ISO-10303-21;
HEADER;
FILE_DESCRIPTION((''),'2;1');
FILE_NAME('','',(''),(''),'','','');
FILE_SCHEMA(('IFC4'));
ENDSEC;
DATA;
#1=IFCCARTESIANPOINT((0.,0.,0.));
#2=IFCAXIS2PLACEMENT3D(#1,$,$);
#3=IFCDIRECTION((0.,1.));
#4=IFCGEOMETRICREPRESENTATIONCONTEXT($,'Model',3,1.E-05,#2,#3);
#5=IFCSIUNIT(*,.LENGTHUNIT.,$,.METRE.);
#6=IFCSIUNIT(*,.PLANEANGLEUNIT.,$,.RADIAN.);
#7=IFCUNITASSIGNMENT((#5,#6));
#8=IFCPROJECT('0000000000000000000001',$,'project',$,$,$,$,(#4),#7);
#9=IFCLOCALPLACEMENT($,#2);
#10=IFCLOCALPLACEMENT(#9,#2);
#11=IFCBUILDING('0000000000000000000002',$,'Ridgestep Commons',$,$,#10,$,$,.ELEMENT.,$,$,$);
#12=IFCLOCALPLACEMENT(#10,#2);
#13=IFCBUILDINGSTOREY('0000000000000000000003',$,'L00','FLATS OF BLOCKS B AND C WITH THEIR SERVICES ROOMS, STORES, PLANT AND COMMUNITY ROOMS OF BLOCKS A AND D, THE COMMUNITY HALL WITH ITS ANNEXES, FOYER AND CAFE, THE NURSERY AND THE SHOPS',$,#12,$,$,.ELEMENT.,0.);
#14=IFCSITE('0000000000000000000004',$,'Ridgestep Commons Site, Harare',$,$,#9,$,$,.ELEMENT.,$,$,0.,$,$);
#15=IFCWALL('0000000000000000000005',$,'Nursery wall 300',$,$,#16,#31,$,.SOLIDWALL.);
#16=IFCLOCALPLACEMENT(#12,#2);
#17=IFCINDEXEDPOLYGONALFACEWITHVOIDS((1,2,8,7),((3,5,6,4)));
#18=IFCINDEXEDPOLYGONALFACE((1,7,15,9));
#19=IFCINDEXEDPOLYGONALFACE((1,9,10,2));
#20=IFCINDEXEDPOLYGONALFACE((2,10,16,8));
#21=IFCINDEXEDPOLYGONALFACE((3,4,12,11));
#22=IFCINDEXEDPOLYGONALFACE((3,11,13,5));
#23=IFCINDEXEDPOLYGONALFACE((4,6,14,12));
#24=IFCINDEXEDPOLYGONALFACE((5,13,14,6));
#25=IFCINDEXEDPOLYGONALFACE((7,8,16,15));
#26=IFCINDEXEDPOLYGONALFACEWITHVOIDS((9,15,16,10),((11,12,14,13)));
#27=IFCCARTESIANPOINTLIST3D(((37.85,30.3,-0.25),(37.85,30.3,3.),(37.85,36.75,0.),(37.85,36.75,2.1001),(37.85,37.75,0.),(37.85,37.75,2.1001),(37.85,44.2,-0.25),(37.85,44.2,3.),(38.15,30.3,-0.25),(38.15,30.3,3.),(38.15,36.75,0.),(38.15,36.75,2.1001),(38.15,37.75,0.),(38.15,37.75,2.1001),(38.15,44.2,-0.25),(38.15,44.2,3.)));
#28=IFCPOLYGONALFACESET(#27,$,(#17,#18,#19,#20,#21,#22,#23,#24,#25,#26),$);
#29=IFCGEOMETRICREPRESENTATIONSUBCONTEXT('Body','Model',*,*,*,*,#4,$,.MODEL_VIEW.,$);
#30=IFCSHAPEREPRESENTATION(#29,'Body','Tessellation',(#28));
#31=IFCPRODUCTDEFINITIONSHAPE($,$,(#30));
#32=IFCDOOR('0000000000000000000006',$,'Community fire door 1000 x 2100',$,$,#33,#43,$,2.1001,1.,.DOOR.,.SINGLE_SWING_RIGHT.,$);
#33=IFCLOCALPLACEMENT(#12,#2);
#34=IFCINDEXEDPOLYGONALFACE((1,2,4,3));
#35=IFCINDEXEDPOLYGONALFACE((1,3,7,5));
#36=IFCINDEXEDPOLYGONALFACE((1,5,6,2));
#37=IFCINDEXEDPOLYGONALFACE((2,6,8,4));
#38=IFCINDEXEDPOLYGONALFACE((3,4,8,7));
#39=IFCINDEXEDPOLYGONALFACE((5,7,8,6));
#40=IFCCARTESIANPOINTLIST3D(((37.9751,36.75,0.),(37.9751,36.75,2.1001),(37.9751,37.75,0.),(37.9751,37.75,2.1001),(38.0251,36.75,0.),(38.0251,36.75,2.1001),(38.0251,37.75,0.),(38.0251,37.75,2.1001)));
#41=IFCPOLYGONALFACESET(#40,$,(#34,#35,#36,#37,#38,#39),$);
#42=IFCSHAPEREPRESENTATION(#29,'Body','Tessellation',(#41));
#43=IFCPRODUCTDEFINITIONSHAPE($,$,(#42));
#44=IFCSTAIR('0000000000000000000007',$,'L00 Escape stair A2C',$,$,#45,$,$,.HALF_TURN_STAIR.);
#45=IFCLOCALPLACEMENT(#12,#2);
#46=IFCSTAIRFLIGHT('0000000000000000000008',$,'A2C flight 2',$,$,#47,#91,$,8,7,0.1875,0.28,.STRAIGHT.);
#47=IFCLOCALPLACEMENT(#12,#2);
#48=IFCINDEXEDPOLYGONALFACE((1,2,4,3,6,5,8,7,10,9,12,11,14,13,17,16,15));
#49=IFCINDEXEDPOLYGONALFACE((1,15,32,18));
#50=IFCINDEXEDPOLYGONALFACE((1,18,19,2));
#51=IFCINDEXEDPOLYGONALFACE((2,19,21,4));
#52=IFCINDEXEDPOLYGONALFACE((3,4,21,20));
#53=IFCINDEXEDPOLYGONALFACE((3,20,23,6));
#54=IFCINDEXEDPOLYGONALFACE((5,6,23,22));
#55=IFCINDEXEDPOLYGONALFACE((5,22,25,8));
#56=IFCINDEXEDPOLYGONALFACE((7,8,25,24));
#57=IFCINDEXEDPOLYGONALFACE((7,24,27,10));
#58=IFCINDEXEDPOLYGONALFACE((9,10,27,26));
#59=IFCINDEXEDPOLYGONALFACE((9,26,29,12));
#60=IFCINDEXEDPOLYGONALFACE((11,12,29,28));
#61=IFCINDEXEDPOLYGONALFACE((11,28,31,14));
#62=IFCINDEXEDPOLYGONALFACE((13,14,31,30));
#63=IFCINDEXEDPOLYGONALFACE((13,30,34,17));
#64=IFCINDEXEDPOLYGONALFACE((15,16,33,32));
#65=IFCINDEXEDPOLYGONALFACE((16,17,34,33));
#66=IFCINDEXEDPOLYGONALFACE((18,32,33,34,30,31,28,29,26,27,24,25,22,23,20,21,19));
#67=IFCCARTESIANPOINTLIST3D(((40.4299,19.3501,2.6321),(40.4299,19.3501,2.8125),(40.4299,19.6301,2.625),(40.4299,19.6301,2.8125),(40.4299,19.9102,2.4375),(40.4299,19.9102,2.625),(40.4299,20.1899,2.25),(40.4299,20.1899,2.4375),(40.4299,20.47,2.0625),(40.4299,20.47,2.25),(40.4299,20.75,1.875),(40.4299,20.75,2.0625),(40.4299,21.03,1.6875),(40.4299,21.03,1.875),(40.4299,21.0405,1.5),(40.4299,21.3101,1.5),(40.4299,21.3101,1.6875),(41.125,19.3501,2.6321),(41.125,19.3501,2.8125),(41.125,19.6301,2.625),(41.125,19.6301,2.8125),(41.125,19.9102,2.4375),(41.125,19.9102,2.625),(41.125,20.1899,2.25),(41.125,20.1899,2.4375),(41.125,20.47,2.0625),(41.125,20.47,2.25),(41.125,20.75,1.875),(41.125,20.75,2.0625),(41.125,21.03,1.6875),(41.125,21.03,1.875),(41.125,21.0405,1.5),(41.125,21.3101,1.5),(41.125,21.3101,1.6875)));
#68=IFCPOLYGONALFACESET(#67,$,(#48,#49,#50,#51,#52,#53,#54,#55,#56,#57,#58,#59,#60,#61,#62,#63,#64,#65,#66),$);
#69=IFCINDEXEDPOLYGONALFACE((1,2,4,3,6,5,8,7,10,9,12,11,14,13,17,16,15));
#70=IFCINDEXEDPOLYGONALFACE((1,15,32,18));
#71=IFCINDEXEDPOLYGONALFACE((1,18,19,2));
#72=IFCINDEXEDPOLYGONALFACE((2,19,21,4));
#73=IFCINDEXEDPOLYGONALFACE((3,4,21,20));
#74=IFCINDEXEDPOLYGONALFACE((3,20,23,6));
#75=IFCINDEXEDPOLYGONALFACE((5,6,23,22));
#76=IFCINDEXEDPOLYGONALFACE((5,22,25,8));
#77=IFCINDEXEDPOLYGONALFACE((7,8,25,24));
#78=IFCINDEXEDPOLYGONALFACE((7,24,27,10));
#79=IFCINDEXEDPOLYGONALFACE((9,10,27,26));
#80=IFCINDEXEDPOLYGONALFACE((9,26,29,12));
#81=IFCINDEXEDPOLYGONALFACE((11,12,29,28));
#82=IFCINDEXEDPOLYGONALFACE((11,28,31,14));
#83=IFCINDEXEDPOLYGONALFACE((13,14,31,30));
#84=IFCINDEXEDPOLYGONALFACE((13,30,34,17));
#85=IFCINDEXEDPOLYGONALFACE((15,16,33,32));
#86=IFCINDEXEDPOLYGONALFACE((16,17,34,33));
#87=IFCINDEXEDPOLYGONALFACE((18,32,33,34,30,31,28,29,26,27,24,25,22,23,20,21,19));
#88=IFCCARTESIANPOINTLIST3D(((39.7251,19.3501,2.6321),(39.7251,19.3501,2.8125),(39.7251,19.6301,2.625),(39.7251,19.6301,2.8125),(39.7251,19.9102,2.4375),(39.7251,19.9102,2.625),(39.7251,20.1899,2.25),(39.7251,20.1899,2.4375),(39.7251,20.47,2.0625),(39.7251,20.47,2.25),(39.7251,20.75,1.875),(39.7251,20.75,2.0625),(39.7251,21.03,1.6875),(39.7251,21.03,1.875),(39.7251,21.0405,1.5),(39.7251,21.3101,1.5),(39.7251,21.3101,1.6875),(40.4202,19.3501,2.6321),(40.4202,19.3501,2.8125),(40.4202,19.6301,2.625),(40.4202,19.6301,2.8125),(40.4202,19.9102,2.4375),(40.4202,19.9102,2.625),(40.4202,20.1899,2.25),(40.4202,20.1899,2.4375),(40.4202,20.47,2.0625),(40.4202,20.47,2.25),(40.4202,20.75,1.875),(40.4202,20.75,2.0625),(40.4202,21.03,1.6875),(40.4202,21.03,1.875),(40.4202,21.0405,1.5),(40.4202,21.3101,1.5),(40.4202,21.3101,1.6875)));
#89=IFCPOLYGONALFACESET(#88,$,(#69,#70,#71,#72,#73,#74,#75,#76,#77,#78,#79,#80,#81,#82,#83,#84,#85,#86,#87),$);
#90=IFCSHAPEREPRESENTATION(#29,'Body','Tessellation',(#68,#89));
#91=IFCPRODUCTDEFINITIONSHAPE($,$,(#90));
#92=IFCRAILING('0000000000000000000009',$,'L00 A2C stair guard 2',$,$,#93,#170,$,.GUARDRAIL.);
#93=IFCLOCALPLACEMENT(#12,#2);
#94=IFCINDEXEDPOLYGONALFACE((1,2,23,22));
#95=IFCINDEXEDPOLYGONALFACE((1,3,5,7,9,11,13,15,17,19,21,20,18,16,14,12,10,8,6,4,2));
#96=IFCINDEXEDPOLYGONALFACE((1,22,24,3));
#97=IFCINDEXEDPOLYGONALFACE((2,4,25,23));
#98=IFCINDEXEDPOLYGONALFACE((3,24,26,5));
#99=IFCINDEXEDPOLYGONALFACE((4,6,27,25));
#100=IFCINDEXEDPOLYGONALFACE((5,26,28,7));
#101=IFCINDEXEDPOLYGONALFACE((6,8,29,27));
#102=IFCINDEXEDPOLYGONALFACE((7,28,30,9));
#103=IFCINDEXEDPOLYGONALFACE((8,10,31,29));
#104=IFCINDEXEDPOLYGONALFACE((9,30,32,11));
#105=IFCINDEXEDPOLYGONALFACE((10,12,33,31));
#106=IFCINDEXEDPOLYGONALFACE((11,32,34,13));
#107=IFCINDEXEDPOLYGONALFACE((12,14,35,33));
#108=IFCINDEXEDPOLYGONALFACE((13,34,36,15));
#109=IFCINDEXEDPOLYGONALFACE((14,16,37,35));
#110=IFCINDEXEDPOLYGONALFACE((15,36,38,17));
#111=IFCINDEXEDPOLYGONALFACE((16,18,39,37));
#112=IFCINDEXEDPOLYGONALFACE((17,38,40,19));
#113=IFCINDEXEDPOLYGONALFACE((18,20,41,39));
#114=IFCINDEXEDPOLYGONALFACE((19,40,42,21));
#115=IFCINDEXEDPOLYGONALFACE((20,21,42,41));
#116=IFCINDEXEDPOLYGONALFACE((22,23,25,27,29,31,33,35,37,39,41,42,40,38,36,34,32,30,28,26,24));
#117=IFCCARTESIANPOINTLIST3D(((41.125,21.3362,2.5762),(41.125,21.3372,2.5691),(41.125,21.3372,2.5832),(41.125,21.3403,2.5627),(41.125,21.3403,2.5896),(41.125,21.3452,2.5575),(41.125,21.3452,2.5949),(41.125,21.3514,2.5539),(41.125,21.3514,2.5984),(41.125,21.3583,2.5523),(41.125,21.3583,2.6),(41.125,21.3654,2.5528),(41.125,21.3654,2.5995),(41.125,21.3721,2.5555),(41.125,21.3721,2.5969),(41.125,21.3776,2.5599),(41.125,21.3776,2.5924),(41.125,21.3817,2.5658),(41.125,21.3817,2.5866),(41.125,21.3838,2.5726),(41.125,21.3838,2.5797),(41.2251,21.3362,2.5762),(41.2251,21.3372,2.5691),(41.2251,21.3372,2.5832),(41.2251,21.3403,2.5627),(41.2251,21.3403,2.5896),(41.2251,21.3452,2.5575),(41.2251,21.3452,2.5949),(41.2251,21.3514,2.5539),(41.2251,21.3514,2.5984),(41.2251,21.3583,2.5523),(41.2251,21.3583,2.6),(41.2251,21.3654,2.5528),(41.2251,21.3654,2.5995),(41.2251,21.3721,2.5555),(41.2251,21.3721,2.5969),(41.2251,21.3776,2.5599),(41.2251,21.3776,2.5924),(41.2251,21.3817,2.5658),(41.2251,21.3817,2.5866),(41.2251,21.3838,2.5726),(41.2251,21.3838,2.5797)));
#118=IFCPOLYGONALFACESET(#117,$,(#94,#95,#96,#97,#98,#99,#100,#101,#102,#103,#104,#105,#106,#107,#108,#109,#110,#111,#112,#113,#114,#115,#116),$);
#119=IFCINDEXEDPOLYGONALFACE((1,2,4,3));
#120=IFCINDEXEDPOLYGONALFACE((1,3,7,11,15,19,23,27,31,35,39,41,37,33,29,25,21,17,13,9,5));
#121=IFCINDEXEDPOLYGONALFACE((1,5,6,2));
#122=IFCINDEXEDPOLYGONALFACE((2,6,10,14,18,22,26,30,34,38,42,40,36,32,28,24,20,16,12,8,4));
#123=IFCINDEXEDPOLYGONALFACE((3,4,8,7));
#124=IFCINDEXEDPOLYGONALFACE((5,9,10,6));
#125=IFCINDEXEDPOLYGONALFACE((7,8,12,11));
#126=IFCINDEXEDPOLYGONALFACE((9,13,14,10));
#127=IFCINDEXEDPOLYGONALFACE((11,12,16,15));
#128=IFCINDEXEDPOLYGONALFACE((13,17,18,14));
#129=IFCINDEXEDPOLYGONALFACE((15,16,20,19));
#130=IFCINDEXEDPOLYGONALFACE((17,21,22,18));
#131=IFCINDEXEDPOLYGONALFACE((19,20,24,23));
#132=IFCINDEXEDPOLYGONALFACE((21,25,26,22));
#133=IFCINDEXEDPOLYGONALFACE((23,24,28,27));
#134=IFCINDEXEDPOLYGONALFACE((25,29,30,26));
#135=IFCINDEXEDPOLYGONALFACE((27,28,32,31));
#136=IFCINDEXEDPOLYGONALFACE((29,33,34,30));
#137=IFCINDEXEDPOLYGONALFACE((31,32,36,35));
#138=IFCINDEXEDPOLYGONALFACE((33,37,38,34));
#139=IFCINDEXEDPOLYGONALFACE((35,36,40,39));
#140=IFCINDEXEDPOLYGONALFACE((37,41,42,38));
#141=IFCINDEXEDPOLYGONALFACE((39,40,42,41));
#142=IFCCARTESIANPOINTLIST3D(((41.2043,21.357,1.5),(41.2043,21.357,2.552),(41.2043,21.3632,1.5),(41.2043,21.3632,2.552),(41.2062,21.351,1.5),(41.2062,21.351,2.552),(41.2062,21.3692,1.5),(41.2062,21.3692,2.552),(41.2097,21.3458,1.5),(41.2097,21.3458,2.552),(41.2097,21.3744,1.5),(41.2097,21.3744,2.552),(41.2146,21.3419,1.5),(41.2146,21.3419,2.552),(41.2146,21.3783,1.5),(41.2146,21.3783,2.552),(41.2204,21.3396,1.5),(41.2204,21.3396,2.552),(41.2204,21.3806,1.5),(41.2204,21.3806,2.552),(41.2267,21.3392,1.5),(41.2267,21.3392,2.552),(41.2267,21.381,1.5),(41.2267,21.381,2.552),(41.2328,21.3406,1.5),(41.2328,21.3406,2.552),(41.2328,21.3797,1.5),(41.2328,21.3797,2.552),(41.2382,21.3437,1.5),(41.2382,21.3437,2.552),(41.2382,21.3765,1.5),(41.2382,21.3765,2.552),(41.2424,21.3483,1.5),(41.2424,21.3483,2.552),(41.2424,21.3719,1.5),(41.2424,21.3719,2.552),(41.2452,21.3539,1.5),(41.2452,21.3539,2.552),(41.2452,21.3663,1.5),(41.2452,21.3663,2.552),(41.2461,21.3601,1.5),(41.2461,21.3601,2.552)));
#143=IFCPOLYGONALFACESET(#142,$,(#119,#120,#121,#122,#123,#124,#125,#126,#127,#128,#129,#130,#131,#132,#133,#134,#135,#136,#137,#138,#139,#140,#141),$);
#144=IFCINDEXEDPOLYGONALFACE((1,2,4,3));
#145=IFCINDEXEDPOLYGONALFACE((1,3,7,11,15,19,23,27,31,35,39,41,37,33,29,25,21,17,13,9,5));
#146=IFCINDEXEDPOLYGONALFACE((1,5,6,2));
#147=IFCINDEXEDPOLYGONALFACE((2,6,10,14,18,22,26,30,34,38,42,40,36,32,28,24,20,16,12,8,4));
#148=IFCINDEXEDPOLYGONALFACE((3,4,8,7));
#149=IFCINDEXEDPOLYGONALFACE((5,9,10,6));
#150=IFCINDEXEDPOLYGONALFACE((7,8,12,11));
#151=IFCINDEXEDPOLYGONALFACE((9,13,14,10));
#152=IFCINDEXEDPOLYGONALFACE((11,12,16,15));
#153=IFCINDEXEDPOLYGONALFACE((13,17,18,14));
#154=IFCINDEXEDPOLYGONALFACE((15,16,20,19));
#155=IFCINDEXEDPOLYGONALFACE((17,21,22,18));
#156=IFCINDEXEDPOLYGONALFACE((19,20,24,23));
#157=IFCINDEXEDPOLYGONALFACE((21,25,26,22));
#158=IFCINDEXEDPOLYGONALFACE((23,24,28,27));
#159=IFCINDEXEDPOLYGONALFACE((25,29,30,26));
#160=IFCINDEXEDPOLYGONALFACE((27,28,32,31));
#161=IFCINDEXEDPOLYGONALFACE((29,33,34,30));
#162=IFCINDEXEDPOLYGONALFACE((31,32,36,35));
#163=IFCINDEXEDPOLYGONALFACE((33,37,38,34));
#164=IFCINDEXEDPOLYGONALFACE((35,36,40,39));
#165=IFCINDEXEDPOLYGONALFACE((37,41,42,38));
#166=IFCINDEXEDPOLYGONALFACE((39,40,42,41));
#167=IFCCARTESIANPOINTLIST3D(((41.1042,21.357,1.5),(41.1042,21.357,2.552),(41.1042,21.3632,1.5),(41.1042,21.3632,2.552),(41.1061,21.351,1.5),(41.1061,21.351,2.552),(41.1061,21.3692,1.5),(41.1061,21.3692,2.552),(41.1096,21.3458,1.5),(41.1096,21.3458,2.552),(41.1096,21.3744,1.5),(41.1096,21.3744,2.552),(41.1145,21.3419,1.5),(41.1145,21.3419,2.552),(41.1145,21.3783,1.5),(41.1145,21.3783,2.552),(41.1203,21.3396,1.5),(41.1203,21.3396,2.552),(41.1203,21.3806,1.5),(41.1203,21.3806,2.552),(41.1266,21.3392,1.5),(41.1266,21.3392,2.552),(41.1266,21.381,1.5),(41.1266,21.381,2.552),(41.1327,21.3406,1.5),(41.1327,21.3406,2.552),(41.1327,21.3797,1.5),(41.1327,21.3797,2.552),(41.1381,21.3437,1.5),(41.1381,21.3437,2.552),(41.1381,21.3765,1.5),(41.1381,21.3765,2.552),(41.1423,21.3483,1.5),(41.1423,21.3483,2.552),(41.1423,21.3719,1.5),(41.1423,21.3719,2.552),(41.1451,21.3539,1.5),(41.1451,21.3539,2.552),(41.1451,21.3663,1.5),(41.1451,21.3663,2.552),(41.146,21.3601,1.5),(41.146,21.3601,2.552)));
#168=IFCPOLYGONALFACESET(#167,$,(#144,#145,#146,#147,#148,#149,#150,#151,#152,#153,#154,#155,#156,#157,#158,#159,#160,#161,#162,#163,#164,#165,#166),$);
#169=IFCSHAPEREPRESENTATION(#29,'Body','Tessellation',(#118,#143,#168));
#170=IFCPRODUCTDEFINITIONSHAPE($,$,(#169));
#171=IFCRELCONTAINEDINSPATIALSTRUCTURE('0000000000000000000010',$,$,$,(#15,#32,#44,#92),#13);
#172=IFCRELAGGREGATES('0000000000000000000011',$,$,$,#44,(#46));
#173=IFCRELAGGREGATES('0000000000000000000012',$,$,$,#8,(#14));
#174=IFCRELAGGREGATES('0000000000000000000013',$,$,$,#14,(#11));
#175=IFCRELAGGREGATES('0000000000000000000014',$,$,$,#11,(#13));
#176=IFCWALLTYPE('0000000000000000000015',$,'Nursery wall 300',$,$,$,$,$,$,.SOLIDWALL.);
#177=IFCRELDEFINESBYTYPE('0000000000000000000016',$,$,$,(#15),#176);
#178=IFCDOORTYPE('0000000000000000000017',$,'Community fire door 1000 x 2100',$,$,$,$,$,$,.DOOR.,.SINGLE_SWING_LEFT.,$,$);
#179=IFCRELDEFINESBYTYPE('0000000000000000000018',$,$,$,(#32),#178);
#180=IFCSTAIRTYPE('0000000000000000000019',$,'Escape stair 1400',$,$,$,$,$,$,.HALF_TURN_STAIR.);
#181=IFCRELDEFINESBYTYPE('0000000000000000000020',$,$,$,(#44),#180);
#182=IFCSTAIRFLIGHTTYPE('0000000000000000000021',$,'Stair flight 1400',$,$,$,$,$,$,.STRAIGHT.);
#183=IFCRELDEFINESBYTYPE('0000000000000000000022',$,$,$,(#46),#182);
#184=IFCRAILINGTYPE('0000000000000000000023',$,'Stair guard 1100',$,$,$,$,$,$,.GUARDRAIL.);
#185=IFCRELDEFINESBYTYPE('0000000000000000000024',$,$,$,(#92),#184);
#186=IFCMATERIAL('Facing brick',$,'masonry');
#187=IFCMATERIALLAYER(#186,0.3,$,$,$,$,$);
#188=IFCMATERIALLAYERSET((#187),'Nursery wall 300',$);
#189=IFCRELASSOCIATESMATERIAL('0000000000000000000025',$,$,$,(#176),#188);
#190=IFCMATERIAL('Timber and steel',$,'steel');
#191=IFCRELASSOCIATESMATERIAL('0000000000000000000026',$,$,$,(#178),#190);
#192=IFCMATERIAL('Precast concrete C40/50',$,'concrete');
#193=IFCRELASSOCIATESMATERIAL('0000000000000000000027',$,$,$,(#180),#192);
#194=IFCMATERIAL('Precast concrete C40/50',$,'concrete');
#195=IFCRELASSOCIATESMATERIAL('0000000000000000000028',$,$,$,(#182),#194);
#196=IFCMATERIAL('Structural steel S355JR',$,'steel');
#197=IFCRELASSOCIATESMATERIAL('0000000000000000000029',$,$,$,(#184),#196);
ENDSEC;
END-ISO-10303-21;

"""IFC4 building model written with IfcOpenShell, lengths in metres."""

from ifc_helpers import new_model, si_unit, direction, frame, frame_2d, origin, origin_2d, place, context, subcontext, project, spatial, polyline, rectangle, circle, outline, extrude, material, layer, layer_set, type_object, element, fill, aggregate, save


model = new_model("IFC4")

# Units and contexts
model_context = context("Model", 3, precision=1e-05, world=origin(), true_north=direction((0.0, 1.0)))
body_context = subcontext(model_context, "Body", "Model", "MODEL_VIEW")
ifc_project = project(units=[si_unit("LENGTHUNIT", "METRE"), si_unit("PLANEANGLEUNIT", "RADIAN")], contexts=[model_context])

# Site, building, storey
site_placement = place(None, origin())
site = spatial("IfcSite", under=ifc_project, at=site_placement, Name="Ridgestep Commons Site, Harare", CompositionType="ELEMENT", RefElevation=0.0)
building_placement = place(site_placement, origin())
building = spatial("IfcBuilding", under=site, at=building_placement, Name="Ridgestep Commons", CompositionType="ELEMENT")
storey_placement = place(building_placement, origin())
storey = spatial("IfcBuildingStorey", under=building, at=storey_placement, Name="L00", Description="FLATS OF BLOCKS B AND C WITH THEIR SERVICES ROOMS, STORES, PLANT AND COMMUNITY ROOMS OF BLOCKS A AND D, THE COMMUNITY HALL WITH ITS ANNEXES, FOYER AND CAFE, THE NURSERY AND THE SHOPS", CompositionType="ELEMENT", Elevation=0.0)

# Wall, opening, door
ifc_material_1 = material(Name="Facing brick", Category="masonry")
ifc_layer_1 = layer(ifc_material_1, 0.3)
ifc_layer_set_1 = layer_set([ifc_layer_1], Name="Nursery wall 300")
wall_type_1 = type_object("IfcWallType", Name="Nursery wall 300", PredefinedType="SOLIDWALL", material=ifc_layer_set_1)
wall_1_placement = place(storey_placement, frame((38.0, 30.3, -0.25), z_axis=(0.0, 0.0, 1.0), x_axis=(0.0, 1.0, 0.0)))
wall_1 = element("IfcWall", 1, at=wall_1_placement, inside=storey, type_object=wall_type_1, Name="Nursery wall 300", PredefinedType="SOLIDWALL", context=body_context, shape_type="SweptSolid", body=[
    extrude(rectangle(XDim=13.8999, YDim=0.3, at=frame_2d((6.95, 0.0))), origin(), (0.0, 0.0, 1.0), 3.25),
])
opening_1_placement = place(wall_1_placement, frame((6.45, 0.0, 0.25)))
opening_1 = element("IfcOpeningElement", 2, at=opening_1_placement, cuts=wall_1, PredefinedType="OPENING", context=body_context, shape_type="SweptSolid", body=[
    extrude(rectangle(XDim=1.0, YDim=2.1001, at=frame_2d((0.5, 1.05))), frame((0.0, 0.1599, 0.0), z_axis=(0.0, -1.0, 0.0), x_axis=(1.0, 0.0, 0.0)), (0.0, 0.0, 1.0), 0.3201),
])
ifc_material_2 = material(Name="Timber and steel", Category="steel")
door_type_1 = type_object("IfcDoorType", Name="Community fire door 1000 x 2100", OperationType="SINGLE_SWING_LEFT", PredefinedType="DOOR", material=ifc_material_2)
door_1_placement = place(opening_1_placement, origin())
door_1 = element("IfcDoor", 3, at=door_1_placement, inside=storey, type_object=door_type_1, Name="Community fire door 1000 x 2100", OperationType="SINGLE_SWING_RIGHT", OverallHeight=2.1001, OverallWidth=1.0, PredefinedType="DOOR", context=body_context, shape_type="SweptSolid", body=[
    extrude(rectangle(XDim=1.0, YDim=2.1001, at=frame_2d((0.5, 1.05))), frame((0.0, 0.0249, 0.0), z_axis=(0.0, -1.0, 0.0), x_axis=(1.0, 0.0, 0.0)), (0.0, 0.0, 1.0), 0.05),
])
fill(opening_1, door_1)

# Stair, stair flight
ifc_material_3 = material(Name="Precast concrete C40/50", Category="concrete")
stair_type = type_object("IfcStairType", Name="Escape stair 1400", PredefinedType="HALF_TURN_STAIR", material=ifc_material_3)
stair_placement = place(storey_placement, origin())
stair = element("IfcStair", 4, at=stair_placement, inside=storey, type_object=stair_type, Name="L00 Escape stair A2C", PredefinedType="HALF_TURN_STAIR")
ifc_material_4 = material(Name="Precast concrete C40/50", Category="concrete")
stair_flight_type = type_object("IfcStairFlightType", Name="Stair flight 1400", PredefinedType="STRAIGHT", material=ifc_material_4)
stair_flight_placement = place(storey_placement, frame((40.425, 21.3101, 1.5), z_axis=(0.0, 0.0, 1.0), x_axis=(0.0, -1.0, 0.0)))
stair_flight = element("IfcStairFlight", 5, at=stair_flight_placement, type_object=stair_flight_type, Name="A2C flight 2", NumberOfRisers=8, NumberOfTreads=7, PredefinedType="STRAIGHT", RiserHeight=0.1875, TreadLength=0.28, context=body_context, shape_type="SweptSolid", body=[
    extrude(outline(polyline([(0.0, 0.0), (0.0, 0.1875), (0.28, 0.1875), (0.28, 0.375), (0.5601, 0.375), (0.5601, 0.5625), (0.8401, 0.5625), (0.8401, 0.75), (1.1201, 0.75), (1.1201, 0.9375), (1.3999, 0.9375), (1.3999, 1.125), (1.6799, 1.125), (1.6799, 1.3125), (1.96, 1.3125), (1.96, 1.5), (1.96, 1.1321), (0.2695, 0.0), (0.0, 0.0)])), frame((0.0, 0.7, 0.0), z_axis=(0.0, -1.0, 0.0), x_axis=(1.0, 0.0, 0.0)), (0.0, 0.0, 1.0), 0.6951),
    extrude(outline(polyline([(0.0, 0.0), (0.0, 0.1875), (0.28, 0.1875), (0.28, 0.375), (0.5601, 0.375), (0.5601, 0.5625), (0.8401, 0.5625), (0.8401, 0.75), (1.1201, 0.75), (1.1201, 0.9375), (1.3999, 0.9375), (1.3999, 1.125), (1.6799, 1.125), (1.6799, 1.3125), (1.96, 1.3125), (1.96, 1.5), (1.96, 1.1321), (0.2695, 0.0), (0.0, 0.0)])), frame((0.0, -0.0049, 0.0), z_axis=(0.0, -1.0, 0.0), x_axis=(1.0, 0.0, 0.0)), (0.0, 0.0, 1.0), 0.6951),
])
aggregate(stair, [stair_flight])

# Railing
ifc_material_5 = material(Name="Structural steel S355JR", Category="steel")
railing_type_1 = type_object("IfcRailingType", Name="Stair guard 1100", PredefinedType="GUARDRAIL", material=ifc_material_5)
railing_1_placement = place(storey_placement, frame((41.2251, 21.3601, 1.5)))
element("IfcRailing", 6, at=railing_1_placement, inside=storey, type_object=railing_type_1, Name="L00 A2C stair guard 2", PredefinedType="GUARDRAIL", context=body_context, shape_type="SweptSolid", body=[
    extrude(circle(Radius=0.0239, at=origin_2d()), frame((0.0, 0.0, 1.0762), z_axis=(-1.0, 0.0, 0.0), x_axis=(0.0, -1.0, 0.0)), (0.0, 0.0, 1.0), 0.1001),
    extrude(circle(Radius=0.021, at=origin_2d()), origin(), (0.0, 0.0, 1.0), 1.052),
    extrude(circle(Radius=0.021, at=origin_2d()), frame((-0.1001, 0.0, 0.0)), (0.0, 0.0, 1.0), 1.052),
])

save(model, "model.ifc")
